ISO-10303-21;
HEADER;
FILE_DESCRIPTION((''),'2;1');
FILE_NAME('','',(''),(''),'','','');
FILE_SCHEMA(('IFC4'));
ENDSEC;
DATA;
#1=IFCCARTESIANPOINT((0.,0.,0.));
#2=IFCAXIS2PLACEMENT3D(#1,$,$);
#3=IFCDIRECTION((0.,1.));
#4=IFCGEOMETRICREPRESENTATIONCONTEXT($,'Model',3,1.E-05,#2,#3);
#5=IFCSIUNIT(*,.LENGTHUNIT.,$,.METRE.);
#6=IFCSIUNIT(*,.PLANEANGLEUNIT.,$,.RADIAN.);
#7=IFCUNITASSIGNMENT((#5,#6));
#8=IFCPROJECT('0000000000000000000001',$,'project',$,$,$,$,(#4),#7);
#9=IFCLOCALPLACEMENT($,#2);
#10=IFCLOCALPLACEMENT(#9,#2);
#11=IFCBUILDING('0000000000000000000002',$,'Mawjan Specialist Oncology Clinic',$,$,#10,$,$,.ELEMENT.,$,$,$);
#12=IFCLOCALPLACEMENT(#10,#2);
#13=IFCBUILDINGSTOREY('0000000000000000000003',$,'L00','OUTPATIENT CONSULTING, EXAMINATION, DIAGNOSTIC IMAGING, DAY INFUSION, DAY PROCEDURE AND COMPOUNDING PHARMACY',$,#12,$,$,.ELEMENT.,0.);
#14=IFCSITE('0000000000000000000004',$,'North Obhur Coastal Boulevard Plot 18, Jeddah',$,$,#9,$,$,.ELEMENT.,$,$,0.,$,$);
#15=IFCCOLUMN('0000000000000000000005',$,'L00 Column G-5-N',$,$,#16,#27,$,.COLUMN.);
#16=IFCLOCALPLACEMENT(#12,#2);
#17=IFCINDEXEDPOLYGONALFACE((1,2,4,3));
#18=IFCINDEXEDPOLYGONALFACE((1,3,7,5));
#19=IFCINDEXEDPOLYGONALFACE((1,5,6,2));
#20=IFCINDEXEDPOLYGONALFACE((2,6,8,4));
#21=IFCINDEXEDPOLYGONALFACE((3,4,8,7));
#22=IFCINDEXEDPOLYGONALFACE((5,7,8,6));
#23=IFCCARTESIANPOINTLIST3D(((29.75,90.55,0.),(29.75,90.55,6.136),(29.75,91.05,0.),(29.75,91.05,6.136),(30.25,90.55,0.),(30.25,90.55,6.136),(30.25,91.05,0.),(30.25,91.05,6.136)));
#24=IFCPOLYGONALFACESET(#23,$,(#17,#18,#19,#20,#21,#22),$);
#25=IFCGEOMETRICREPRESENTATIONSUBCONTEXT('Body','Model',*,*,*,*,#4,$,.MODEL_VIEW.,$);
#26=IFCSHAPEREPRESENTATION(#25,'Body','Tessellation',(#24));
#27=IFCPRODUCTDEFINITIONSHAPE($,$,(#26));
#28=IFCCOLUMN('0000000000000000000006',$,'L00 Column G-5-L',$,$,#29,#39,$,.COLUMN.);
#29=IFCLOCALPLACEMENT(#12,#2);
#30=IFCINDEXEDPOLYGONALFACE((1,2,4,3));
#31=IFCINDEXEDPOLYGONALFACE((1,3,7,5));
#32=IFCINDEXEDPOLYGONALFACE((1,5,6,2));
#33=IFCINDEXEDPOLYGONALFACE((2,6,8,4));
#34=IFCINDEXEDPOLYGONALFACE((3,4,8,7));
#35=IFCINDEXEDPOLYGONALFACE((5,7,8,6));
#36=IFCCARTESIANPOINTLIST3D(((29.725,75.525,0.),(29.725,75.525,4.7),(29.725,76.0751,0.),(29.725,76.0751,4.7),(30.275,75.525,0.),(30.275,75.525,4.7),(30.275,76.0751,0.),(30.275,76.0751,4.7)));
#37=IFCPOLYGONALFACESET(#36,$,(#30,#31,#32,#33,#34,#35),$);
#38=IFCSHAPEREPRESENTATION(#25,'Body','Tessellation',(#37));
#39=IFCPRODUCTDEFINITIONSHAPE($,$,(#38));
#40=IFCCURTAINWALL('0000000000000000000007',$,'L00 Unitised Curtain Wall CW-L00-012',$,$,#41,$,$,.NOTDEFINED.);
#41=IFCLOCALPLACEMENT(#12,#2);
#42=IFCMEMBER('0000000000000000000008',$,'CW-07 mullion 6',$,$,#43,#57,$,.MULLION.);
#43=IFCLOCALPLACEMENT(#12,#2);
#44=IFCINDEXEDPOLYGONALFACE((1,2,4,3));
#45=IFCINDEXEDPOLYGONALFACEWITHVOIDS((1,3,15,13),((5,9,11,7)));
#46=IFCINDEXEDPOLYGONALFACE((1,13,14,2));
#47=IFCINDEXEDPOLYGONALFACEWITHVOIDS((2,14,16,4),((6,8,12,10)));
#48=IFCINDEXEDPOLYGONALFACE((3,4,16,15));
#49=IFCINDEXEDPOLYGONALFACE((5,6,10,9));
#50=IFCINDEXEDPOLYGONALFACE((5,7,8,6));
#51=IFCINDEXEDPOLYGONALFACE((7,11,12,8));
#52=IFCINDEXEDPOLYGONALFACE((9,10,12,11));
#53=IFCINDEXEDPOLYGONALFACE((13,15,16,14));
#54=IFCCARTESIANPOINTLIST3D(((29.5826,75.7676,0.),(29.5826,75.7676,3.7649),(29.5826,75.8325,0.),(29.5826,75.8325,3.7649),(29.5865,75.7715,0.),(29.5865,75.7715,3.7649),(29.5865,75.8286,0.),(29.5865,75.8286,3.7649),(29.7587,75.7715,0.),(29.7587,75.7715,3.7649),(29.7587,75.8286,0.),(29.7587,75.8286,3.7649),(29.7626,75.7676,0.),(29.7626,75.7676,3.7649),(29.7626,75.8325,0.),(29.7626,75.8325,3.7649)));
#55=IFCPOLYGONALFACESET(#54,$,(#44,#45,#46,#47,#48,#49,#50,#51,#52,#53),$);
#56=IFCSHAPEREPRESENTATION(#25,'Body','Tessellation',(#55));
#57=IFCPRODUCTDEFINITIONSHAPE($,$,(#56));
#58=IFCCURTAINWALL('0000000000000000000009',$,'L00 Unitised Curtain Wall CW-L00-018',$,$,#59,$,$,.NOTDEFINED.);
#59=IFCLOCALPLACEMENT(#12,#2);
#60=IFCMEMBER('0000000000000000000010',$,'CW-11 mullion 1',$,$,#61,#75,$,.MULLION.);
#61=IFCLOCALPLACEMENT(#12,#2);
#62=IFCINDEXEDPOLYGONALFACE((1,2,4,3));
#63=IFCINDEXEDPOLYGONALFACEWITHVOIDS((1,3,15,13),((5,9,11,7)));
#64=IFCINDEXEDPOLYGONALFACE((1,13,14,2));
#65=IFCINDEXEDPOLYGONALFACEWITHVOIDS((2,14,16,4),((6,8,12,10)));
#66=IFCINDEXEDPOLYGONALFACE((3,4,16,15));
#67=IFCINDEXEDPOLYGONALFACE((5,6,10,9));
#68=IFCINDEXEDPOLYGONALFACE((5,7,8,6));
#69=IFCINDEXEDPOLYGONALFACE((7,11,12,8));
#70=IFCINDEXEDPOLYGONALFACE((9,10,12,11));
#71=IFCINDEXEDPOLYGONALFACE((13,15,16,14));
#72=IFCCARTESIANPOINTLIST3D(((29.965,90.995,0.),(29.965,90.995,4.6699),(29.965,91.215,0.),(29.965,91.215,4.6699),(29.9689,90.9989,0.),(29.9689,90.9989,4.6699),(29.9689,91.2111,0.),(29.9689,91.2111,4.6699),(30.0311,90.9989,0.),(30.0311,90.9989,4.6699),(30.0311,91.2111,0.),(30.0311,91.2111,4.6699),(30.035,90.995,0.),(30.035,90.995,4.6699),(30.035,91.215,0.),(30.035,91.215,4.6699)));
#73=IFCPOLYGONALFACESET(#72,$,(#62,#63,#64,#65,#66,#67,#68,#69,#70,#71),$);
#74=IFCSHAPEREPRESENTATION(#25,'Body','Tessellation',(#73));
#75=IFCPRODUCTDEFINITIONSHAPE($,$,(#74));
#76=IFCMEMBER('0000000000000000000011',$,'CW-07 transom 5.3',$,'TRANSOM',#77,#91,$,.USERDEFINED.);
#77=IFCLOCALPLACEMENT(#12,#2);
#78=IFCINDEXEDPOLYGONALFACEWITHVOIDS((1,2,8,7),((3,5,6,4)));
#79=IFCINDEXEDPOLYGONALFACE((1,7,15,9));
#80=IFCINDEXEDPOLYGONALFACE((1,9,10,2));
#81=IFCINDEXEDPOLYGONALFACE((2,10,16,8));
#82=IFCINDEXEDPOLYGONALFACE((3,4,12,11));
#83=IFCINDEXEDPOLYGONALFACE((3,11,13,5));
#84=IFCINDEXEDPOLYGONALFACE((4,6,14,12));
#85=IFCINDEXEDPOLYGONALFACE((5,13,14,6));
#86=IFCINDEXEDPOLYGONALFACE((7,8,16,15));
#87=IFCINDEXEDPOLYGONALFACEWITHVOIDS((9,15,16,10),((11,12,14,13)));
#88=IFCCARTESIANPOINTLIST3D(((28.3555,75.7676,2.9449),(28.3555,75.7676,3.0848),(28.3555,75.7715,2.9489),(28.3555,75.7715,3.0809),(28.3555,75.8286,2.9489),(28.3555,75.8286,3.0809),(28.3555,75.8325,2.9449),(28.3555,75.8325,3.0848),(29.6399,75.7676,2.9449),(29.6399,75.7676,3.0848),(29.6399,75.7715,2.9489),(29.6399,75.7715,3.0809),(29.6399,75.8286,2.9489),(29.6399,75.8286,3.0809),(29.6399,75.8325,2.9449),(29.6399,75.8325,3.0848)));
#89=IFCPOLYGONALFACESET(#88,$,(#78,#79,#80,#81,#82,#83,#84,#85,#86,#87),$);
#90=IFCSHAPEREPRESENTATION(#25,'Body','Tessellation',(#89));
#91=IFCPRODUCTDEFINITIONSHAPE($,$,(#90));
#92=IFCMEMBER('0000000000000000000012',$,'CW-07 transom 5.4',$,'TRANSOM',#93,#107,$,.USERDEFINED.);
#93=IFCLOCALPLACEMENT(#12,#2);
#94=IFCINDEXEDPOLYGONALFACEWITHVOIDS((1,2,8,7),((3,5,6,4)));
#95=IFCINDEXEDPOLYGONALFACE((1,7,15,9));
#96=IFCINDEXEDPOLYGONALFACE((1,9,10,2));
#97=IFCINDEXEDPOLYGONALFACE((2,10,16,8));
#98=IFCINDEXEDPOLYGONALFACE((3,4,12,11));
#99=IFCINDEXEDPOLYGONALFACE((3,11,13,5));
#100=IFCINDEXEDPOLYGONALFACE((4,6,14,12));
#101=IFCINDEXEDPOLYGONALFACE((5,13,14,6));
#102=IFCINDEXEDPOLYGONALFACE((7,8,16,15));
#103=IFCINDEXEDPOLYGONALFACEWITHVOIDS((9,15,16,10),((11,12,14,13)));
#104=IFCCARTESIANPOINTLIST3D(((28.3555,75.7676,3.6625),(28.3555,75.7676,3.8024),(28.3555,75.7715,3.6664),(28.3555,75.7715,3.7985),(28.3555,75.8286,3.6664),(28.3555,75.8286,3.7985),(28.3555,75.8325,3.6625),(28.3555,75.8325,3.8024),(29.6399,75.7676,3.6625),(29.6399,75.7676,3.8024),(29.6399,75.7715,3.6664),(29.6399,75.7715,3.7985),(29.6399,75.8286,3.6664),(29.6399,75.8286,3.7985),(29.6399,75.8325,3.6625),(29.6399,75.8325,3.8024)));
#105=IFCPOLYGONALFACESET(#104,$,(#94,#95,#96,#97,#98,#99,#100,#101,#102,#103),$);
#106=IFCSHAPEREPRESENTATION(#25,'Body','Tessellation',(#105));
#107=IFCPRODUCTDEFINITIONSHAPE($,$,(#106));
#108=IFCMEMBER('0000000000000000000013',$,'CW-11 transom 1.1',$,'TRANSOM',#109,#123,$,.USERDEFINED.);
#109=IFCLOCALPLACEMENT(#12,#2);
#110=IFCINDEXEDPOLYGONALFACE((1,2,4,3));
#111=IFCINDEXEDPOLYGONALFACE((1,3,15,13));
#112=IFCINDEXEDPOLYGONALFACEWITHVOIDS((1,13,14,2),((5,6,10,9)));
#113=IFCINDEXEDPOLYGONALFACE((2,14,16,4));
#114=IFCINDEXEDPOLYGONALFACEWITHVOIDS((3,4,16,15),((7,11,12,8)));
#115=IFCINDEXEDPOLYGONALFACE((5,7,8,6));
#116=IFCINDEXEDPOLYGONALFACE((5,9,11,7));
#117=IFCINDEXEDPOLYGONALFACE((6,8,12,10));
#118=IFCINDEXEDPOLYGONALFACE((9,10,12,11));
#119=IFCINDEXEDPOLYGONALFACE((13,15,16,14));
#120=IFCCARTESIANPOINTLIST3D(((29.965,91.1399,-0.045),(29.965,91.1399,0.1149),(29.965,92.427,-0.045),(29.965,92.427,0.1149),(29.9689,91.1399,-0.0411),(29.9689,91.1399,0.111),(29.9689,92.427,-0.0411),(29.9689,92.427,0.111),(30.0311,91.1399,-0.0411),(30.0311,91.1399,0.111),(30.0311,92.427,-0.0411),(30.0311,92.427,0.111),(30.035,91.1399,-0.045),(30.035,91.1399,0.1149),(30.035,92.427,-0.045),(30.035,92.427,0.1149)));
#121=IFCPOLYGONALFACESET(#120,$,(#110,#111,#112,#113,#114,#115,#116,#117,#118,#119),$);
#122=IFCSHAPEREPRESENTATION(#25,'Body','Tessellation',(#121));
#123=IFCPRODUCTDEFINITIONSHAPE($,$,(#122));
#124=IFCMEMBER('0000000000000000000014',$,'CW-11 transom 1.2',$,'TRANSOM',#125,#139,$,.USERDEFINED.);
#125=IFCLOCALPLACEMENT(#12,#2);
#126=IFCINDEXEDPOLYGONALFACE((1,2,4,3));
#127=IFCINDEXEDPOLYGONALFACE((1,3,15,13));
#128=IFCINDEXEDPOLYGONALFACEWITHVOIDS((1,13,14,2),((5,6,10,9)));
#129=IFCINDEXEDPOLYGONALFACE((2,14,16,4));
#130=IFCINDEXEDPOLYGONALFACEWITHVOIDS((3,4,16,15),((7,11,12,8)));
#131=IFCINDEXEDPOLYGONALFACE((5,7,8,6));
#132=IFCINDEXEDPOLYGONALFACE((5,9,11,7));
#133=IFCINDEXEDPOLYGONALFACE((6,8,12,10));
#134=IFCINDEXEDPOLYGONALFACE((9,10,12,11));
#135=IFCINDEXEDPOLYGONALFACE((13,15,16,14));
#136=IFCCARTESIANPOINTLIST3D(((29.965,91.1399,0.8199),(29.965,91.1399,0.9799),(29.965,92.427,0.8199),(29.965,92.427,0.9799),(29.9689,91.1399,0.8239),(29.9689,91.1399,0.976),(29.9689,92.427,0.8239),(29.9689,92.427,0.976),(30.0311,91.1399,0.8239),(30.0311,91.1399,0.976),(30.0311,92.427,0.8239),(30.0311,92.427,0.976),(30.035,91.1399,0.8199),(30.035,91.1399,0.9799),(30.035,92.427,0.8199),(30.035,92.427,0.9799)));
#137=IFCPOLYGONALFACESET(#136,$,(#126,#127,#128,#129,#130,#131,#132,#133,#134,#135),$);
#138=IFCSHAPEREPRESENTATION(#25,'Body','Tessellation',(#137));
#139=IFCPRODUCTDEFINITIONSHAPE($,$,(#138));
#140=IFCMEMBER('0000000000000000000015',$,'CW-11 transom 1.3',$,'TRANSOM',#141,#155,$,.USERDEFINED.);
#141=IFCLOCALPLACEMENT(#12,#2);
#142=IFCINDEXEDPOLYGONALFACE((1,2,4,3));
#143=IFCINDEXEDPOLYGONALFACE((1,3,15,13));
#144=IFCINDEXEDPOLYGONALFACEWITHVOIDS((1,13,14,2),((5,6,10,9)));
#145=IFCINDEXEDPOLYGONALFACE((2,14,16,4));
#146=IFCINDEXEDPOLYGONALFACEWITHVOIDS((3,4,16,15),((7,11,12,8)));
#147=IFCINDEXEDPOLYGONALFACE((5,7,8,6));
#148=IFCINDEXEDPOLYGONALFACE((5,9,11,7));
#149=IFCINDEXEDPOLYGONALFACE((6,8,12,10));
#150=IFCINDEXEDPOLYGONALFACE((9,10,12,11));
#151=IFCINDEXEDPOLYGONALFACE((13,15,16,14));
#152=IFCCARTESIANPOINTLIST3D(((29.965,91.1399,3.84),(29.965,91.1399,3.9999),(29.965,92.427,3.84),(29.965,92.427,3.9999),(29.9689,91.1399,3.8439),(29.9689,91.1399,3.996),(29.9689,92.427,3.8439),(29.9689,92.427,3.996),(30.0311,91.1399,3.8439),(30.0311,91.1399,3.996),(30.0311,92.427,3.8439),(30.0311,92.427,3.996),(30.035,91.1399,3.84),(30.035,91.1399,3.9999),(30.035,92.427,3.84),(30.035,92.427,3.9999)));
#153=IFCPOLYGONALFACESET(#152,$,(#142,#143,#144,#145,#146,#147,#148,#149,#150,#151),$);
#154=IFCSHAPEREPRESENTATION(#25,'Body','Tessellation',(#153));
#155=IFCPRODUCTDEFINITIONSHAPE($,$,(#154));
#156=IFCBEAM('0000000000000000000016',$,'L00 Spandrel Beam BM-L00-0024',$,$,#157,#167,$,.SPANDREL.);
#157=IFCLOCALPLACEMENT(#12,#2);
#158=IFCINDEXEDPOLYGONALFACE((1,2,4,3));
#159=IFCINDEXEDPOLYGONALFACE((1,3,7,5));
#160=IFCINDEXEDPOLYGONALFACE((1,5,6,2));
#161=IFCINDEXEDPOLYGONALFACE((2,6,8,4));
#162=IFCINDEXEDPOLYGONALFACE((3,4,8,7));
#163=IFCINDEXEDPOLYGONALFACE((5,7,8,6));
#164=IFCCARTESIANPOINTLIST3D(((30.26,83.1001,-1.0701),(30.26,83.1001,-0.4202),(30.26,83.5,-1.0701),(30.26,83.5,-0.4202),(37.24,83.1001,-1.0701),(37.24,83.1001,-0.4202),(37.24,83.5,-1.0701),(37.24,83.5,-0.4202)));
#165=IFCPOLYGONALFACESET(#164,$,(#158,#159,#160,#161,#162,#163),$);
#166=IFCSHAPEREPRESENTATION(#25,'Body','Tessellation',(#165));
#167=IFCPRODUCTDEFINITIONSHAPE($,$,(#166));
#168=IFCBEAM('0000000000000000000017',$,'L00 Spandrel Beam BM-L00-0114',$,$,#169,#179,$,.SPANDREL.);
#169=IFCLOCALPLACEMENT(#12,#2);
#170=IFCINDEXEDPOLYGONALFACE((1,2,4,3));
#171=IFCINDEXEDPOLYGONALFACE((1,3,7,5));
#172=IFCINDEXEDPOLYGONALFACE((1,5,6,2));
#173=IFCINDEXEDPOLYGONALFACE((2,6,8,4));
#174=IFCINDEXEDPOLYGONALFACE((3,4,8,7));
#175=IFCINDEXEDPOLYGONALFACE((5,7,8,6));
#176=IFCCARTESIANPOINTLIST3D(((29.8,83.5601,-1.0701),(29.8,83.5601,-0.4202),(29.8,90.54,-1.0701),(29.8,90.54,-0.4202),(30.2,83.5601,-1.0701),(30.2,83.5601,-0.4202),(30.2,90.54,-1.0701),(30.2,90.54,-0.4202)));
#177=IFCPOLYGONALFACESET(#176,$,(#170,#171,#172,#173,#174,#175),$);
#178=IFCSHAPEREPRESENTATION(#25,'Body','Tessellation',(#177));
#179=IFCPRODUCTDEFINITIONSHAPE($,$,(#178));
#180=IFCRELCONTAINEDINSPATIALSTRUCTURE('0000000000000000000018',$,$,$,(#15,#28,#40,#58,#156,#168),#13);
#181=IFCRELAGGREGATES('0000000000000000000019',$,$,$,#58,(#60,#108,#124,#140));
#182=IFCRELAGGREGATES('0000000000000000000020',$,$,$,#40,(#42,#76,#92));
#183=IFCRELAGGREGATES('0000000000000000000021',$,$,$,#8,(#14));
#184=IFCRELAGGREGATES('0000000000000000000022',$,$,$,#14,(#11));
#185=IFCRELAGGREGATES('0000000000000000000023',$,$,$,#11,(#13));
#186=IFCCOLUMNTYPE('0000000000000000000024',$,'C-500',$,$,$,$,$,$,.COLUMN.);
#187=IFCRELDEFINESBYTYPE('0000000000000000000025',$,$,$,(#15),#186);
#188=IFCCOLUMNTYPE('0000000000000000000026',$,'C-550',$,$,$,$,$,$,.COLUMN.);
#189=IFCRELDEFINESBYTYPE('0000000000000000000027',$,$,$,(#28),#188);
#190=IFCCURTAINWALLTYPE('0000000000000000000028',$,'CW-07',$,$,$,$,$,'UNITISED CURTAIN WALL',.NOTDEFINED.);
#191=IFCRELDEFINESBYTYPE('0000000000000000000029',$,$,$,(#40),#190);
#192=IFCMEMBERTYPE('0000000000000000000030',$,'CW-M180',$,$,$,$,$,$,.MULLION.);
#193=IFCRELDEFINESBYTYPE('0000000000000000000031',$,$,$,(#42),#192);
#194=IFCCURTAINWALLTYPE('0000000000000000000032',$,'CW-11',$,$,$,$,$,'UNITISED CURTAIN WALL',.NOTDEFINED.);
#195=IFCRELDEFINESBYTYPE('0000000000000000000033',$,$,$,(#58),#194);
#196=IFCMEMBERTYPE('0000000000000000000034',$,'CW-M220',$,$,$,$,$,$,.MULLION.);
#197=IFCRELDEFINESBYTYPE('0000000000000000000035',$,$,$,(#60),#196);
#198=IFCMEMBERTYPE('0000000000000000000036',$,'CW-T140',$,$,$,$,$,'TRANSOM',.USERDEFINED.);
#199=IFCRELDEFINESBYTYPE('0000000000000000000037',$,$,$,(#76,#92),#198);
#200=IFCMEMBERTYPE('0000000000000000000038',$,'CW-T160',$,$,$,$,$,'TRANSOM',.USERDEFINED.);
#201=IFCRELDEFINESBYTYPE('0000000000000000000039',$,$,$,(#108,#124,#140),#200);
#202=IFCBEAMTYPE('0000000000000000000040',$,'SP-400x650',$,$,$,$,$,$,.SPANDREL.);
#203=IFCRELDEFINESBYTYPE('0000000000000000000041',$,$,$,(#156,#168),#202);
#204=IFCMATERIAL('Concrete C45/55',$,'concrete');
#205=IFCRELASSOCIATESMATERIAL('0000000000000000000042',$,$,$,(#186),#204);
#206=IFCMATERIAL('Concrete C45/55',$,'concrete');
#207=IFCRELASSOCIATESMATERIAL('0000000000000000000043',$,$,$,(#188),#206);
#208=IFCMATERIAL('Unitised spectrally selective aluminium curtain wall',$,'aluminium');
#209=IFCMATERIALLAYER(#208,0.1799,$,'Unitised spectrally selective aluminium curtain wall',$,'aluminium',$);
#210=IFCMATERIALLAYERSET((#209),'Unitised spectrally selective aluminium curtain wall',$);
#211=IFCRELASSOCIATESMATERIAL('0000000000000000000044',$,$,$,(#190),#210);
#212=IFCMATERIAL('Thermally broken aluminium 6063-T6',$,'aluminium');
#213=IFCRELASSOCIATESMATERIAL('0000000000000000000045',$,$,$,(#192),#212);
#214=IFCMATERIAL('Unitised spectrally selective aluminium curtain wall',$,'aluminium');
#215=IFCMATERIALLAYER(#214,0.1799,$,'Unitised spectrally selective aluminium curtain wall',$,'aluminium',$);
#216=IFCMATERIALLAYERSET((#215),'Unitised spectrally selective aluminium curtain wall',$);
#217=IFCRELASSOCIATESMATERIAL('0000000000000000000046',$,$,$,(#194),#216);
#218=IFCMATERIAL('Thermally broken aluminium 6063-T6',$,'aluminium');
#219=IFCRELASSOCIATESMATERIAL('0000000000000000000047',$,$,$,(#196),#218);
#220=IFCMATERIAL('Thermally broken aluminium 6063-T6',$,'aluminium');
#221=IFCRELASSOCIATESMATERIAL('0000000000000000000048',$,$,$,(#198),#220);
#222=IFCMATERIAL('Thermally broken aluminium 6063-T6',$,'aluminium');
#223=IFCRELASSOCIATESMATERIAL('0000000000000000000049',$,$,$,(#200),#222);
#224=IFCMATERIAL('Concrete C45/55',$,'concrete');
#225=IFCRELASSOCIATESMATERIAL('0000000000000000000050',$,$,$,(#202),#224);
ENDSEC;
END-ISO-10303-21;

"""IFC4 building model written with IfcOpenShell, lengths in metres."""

from ifc_helpers import new_model, si_unit, direction, frame, origin, origin_2d, place, context, subcontext, project, spatial, rectangle, hollow_rectangle, extrude, material, layer, layer_set, material_profile, profile_set, type_object, element, aggregate, save


model = new_model("IFC4")

# Units and contexts
model_context = context("Model", 3, precision=1e-05, world=origin(), true_north=direction((0.0, 1.0)))
body_context = subcontext(model_context, "Body", "Model", "MODEL_VIEW")
ifc_project = project(units=[si_unit("LENGTHUNIT", "METRE"), si_unit("PLANEANGLEUNIT", "RADIAN")], contexts=[model_context])

# Site, building, storey
site_placement = place(None, origin())
site = spatial("IfcSite", under=ifc_project, at=site_placement, Name="North Obhur Coastal Boulevard Plot 18, Jeddah", CompositionType="ELEMENT", RefElevation=0.0)
building_placement = place(site_placement, origin())
building = spatial("IfcBuilding", under=site, at=building_placement, Name="Mawjan Specialist Oncology Clinic", CompositionType="ELEMENT")
storey_placement = place(building_placement, origin())
storey = spatial("IfcBuildingStorey", under=building, at=storey_placement, Name="L00", Description="OUTPATIENT CONSULTING, EXAMINATION, DIAGNOSTIC IMAGING, DAY INFUSION, DAY PROCEDURE AND COMPOUNDING PHARMACY", CompositionType="ELEMENT", Elevation=0.0)

# Columns
ifc_material_1 = material(Name="Concrete C45/55", Category="concrete")
ifc_material_profile_1 = material_profile(ifc_material_1, rectangle(XDim=0.5, YDim=0.5, at=origin_2d()), Name="RC COL 500x500", Category="concrete")
ifc_profile_set_1 = profile_set([ifc_material_profile_1], Name="Concrete C45/55")
column_type_1 = type_object("IfcColumnType", Name="C-500", PredefinedType="COLUMN", material=ifc_profile_set_1)
for number, where, z_axis, x_axis, name in (
    (1, (30.0, 90.8, 0.0), (0.0, 0.0, 1.0), (1.0, 0.0, 0.0), "L00 Column G-5-N"),
):
    element("IfcColumn", number, at=place(storey_placement, frame(where, z_axis=z_axis, x_axis=x_axis)), inside=storey, type_object=column_type_1, Name=name, PredefinedType="COLUMN", context=body_context, shape_type="SweptSolid", body=[
        extrude(rectangle(XDim=0.5, YDim=0.5, at=origin_2d()), origin(), (0.0, 0.0, 1.0), 6.136),
    ])
ifc_material_2 = material(Name="Concrete C45/55", Category="concrete")
ifc_material_profile_2 = material_profile(ifc_material_2, rectangle(XDim=0.55, YDim=0.55, at=origin_2d()), Name="RC COL 550x550", Category="concrete")
ifc_profile_set_2 = profile_set([ifc_material_profile_2], Name="Concrete C45/55")
column_type_2 = type_object("IfcColumnType", Name="C-550", PredefinedType="COLUMN", material=ifc_profile_set_2)
column_placement = place(storey_placement, frame((30.0, 75.8, 0.0), z_axis=(0.0, 0.0, 1.0), x_axis=(1.0, 0.0, 0.0)))
element("IfcColumn", 2, at=column_placement, inside=storey, type_object=column_type_2, Name="L00 Column G-5-L", PredefinedType="COLUMN", context=body_context, shape_type="SweptSolid", body=[
    extrude(rectangle(XDim=0.55, YDim=0.55, at=origin_2d()), origin(), (0.0, 0.0, 1.0), 4.7),
])

# Curtain walls, members
ifc_material_3 = material(Name="Unitised spectrally selective aluminium curtain wall", Category="aluminium")
ifc_layer_1 = layer(ifc_material_3, 0.1799, Name="Unitised spectrally selective aluminium curtain wall", Category="aluminium")
ifc_layer_set_1 = layer_set([ifc_layer_1], Name="Unitised spectrally selective aluminium curtain wall")
curtain_wall_type_1 = type_object("IfcCurtainWallType", Name="CW-07", ElementType="UNITISED CURTAIN WALL", PredefinedType="NOTDEFINED", material=ifc_layer_set_1)
curtain_wall_1_placement = place(storey_placement, origin())
curtain_wall_1 = element("IfcCurtainWall", 3, at=curtain_wall_1_placement, inside=storey, type_object=curtain_wall_type_1, Name="L00 Unitised Curtain Wall CW-L00-012", PredefinedType="NOTDEFINED")
ifc_material_4 = material(Name="Thermally broken aluminium 6063-T6", Category="aluminium")
ifc_material_profile_3 = material_profile(ifc_material_4, hollow_rectangle(XDim=0.0649, YDim=0.1799, WallThickness=0.0039, at=origin_2d()), Name="ALU MULLION 180x65x4", Category="aluminium")
ifc_profile_set_3 = profile_set([ifc_material_profile_3], Name="Thermally broken aluminium 6063-T6")
member_type_1 = type_object("IfcMemberType", Name="CW-M180", PredefinedType="MULLION", material=ifc_profile_set_3)
member_1_placement = place(storey_placement, frame((29.6726, 75.8, 0.0), z_axis=(0.0, 0.0, 1.0), x_axis=(0.0, 1.0, 0.0)))
member_1 = element("IfcMember", 4, at=member_1_placement, type_object=member_type_1, Name="CW-07 mullion 6", PredefinedType="MULLION", context=body_context, shape_type="SweptSolid", body=[
    extrude(hollow_rectangle(XDim=0.0649, YDim=0.1799, WallThickness=0.0039, at=origin_2d()), origin(), (0.0, 0.0, 1.0), 3.7649),
])
ifc_material_5 = material(Name="Unitised spectrally selective aluminium curtain wall", Category="aluminium")
ifc_layer_2 = layer(ifc_material_5, 0.1799, Name="Unitised spectrally selective aluminium curtain wall", Category="aluminium")
ifc_layer_set_2 = layer_set([ifc_layer_2], Name="Unitised spectrally selective aluminium curtain wall")
curtain_wall_type_2 = type_object("IfcCurtainWallType", Name="CW-11", ElementType="UNITISED CURTAIN WALL", PredefinedType="NOTDEFINED", material=ifc_layer_set_2)
curtain_wall_2_placement = place(storey_placement, origin())
curtain_wall_2 = element("IfcCurtainWall", 5, at=curtain_wall_2_placement, inside=storey, type_object=curtain_wall_type_2, Name="L00 Unitised Curtain Wall CW-L00-018", PredefinedType="NOTDEFINED")
ifc_material_6 = material(Name="Thermally broken aluminium 6063-T6", Category="aluminium")
ifc_material_profile_4 = material_profile(ifc_material_6, hollow_rectangle(XDim=0.0701, YDim=0.22, WallThickness=0.0039, at=origin_2d()), Name="ALU MULLION 220x70x4", Category="aluminium")
ifc_profile_set_4 = profile_set([ifc_material_profile_4], Name="Thermally broken aluminium 6063-T6")
member_type_2 = type_object("IfcMemberType", Name="CW-M220", PredefinedType="MULLION", material=ifc_profile_set_4)
member_2_placement = place(storey_placement, frame((30.0, 91.105, 0.0), z_axis=(0.0, 0.0, 1.0), x_axis=(-1.0, 0.0, 0.0)))
member_2 = element("IfcMember", 6, at=member_2_placement, type_object=member_type_2, Name="CW-11 mullion 1", PredefinedType="MULLION", context=body_context, shape_type="SweptSolid", body=[
    extrude(hollow_rectangle(XDim=0.0701, YDim=0.22, WallThickness=0.0039, at=origin_2d()), origin(), (0.0, 0.0, 1.0), 4.6699),
])

# Members
ifc_material_7 = material(Name="Thermally broken aluminium 6063-T6", Category="aluminium")
ifc_material_profile_5 = material_profile(ifc_material_7, hollow_rectangle(XDim=0.0649, YDim=0.1399, WallThickness=0.0039, at=origin_2d()), Name="ALU TRANSOM 140x65x4", Category="aluminium")
ifc_profile_set_5 = profile_set([ifc_material_profile_5], Name="Thermally broken aluminium 6063-T6")
member_type_3 = type_object("IfcMemberType", Name="CW-T140", ElementType="TRANSOM", PredefinedType="USERDEFINED", material=ifc_profile_set_5)
member_3_placement = place(storey_placement, frame((28.3555, 75.8, 3.0149), z_axis=(1.0, 0.0, 0.0), x_axis=(0.0, 1.0, 0.0)))
member_3 = element("IfcMember", 7, at=member_3_placement, type_object=member_type_3, Name="CW-07 transom 5.3", ObjectType="TRANSOM", PredefinedType="USERDEFINED", context=body_context, shape_type="SweptSolid", body=[
    extrude(hollow_rectangle(XDim=0.0649, YDim=0.1399, WallThickness=0.0039, at=origin_2d()), origin(), (0.0, 0.0, 1.0), 1.2844),
])
member_4_placement = place(storey_placement, frame((28.3555, 75.8, 3.7324), z_axis=(1.0, 0.0, 0.0), x_axis=(0.0, 1.0, 0.0)))
member_4 = element("IfcMember", 8, at=member_4_placement, type_object=member_type_3, Name="CW-07 transom 5.4", ObjectType="TRANSOM", PredefinedType="USERDEFINED", context=body_context, shape_type="SweptSolid", body=[
    extrude(hollow_rectangle(XDim=0.0649, YDim=0.1399, WallThickness=0.0039, at=origin_2d()), origin(), (0.0, 0.0, 1.0), 1.2844),
])
ifc_material_8 = material(Name="Thermally broken aluminium 6063-T6", Category="aluminium")
ifc_material_profile_6 = material_profile(ifc_material_8, hollow_rectangle(XDim=0.0701, YDim=0.1599, WallThickness=0.0039, at=origin_2d()), Name="ALU TRANSOM 160x70x4", Category="aluminium")
ifc_profile_set_6 = profile_set([ifc_material_profile_6], Name="Thermally broken aluminium 6063-T6")
member_type_4 = type_object("IfcMemberType", Name="CW-T160", ElementType="TRANSOM", PredefinedType="USERDEFINED", material=ifc_profile_set_6)
member_5_placement = place(storey_placement, frame((30.0, 91.1399, 0.0349), z_axis=(0.0, 1.0, 0.0), x_axis=(-1.0, 0.0, 0.0)))
member_5 = element("IfcMember", 9, at=member_5_placement, type_object=member_type_4, Name="CW-11 transom 1.1", ObjectType="TRANSOM", PredefinedType="USERDEFINED", context=body_context, shape_type="SweptSolid", body=[
    extrude(hollow_rectangle(XDim=0.0701, YDim=0.1599, WallThickness=0.0039, at=origin_2d()), origin(), (0.0, 0.0, 1.0), 1.2871),
])
member_6_placement = place(storey_placement, frame((30.0, 91.1399, 0.8999), z_axis=(0.0, 1.0, 0.0), x_axis=(-1.0, 0.0, 0.0)))
member_6 = element("IfcMember", 10, at=member_6_placement, type_object=member_type_4, Name="CW-11 transom 1.2", ObjectType="TRANSOM", PredefinedType="USERDEFINED", context=body_context, shape_type="SweptSolid", body=[
    extrude(hollow_rectangle(XDim=0.0701, YDim=0.1599, WallThickness=0.0039, at=origin_2d()), origin(), (0.0, 0.0, 1.0), 1.2871),
])
member_7_placement = place(storey_placement, frame((30.0, 91.1399, 3.9199), z_axis=(0.0, 1.0, 0.0), x_axis=(-1.0, 0.0, 0.0)))
member_7 = element("IfcMember", 11, at=member_7_placement, type_object=member_type_4, Name="CW-11 transom 1.3", ObjectType="TRANSOM", PredefinedType="USERDEFINED", context=body_context, shape_type="SweptSolid", body=[
    extrude(hollow_rectangle(XDim=0.0701, YDim=0.1599, WallThickness=0.0039, at=origin_2d()), origin(), (0.0, 0.0, 1.0), 1.2871),
])
aggregate(curtain_wall_2, [member_2, member_5, member_6, member_7])

# Beams
ifc_material_9 = material(Name="Concrete C45/55", Category="concrete")
ifc_material_profile_7 = material_profile(ifc_material_9, rectangle(XDim=0.3999, YDim=0.6499, at=origin_2d()), Name="RC BM 400x650", Category="concrete")
ifc_profile_set_7 = profile_set([ifc_material_profile_7], Name="Concrete C45/55")
beam_type = type_object("IfcBeamType", Name="SP-400x650", PredefinedType="SPANDREL", material=ifc_profile_set_7)
for number, where, z_axis, x_axis, name in (
    (12, (30.26, 83.3, -0.7451), (1.0, 0.0, 0.0), (0.0, 1.0, 0.0), "L00 Spandrel Beam BM-L00-0024"),
    (13, (30.0, 83.5601, -0.7451), (0.0, 1.0, 0.0), (-1.0, 0.0, 0.0), "L00 Spandrel Beam BM-L00-0114"),
):
    element("IfcBeam", number, at=place(storey_placement, frame(where, z_axis=z_axis, x_axis=x_axis)), inside=storey, type_object=beam_type, Name=name, PredefinedType="SPANDREL", context=body_context, shape_type="SweptSolid", body=[
        extrude(rectangle(XDim=0.3999, YDim=0.6499, at=origin_2d()), origin(), (0.0, 0.0, 1.0), 6.98),
    ])

aggregate(curtain_wall_1, [member_1, member_3, member_4])

save(model, "model.ifc")
